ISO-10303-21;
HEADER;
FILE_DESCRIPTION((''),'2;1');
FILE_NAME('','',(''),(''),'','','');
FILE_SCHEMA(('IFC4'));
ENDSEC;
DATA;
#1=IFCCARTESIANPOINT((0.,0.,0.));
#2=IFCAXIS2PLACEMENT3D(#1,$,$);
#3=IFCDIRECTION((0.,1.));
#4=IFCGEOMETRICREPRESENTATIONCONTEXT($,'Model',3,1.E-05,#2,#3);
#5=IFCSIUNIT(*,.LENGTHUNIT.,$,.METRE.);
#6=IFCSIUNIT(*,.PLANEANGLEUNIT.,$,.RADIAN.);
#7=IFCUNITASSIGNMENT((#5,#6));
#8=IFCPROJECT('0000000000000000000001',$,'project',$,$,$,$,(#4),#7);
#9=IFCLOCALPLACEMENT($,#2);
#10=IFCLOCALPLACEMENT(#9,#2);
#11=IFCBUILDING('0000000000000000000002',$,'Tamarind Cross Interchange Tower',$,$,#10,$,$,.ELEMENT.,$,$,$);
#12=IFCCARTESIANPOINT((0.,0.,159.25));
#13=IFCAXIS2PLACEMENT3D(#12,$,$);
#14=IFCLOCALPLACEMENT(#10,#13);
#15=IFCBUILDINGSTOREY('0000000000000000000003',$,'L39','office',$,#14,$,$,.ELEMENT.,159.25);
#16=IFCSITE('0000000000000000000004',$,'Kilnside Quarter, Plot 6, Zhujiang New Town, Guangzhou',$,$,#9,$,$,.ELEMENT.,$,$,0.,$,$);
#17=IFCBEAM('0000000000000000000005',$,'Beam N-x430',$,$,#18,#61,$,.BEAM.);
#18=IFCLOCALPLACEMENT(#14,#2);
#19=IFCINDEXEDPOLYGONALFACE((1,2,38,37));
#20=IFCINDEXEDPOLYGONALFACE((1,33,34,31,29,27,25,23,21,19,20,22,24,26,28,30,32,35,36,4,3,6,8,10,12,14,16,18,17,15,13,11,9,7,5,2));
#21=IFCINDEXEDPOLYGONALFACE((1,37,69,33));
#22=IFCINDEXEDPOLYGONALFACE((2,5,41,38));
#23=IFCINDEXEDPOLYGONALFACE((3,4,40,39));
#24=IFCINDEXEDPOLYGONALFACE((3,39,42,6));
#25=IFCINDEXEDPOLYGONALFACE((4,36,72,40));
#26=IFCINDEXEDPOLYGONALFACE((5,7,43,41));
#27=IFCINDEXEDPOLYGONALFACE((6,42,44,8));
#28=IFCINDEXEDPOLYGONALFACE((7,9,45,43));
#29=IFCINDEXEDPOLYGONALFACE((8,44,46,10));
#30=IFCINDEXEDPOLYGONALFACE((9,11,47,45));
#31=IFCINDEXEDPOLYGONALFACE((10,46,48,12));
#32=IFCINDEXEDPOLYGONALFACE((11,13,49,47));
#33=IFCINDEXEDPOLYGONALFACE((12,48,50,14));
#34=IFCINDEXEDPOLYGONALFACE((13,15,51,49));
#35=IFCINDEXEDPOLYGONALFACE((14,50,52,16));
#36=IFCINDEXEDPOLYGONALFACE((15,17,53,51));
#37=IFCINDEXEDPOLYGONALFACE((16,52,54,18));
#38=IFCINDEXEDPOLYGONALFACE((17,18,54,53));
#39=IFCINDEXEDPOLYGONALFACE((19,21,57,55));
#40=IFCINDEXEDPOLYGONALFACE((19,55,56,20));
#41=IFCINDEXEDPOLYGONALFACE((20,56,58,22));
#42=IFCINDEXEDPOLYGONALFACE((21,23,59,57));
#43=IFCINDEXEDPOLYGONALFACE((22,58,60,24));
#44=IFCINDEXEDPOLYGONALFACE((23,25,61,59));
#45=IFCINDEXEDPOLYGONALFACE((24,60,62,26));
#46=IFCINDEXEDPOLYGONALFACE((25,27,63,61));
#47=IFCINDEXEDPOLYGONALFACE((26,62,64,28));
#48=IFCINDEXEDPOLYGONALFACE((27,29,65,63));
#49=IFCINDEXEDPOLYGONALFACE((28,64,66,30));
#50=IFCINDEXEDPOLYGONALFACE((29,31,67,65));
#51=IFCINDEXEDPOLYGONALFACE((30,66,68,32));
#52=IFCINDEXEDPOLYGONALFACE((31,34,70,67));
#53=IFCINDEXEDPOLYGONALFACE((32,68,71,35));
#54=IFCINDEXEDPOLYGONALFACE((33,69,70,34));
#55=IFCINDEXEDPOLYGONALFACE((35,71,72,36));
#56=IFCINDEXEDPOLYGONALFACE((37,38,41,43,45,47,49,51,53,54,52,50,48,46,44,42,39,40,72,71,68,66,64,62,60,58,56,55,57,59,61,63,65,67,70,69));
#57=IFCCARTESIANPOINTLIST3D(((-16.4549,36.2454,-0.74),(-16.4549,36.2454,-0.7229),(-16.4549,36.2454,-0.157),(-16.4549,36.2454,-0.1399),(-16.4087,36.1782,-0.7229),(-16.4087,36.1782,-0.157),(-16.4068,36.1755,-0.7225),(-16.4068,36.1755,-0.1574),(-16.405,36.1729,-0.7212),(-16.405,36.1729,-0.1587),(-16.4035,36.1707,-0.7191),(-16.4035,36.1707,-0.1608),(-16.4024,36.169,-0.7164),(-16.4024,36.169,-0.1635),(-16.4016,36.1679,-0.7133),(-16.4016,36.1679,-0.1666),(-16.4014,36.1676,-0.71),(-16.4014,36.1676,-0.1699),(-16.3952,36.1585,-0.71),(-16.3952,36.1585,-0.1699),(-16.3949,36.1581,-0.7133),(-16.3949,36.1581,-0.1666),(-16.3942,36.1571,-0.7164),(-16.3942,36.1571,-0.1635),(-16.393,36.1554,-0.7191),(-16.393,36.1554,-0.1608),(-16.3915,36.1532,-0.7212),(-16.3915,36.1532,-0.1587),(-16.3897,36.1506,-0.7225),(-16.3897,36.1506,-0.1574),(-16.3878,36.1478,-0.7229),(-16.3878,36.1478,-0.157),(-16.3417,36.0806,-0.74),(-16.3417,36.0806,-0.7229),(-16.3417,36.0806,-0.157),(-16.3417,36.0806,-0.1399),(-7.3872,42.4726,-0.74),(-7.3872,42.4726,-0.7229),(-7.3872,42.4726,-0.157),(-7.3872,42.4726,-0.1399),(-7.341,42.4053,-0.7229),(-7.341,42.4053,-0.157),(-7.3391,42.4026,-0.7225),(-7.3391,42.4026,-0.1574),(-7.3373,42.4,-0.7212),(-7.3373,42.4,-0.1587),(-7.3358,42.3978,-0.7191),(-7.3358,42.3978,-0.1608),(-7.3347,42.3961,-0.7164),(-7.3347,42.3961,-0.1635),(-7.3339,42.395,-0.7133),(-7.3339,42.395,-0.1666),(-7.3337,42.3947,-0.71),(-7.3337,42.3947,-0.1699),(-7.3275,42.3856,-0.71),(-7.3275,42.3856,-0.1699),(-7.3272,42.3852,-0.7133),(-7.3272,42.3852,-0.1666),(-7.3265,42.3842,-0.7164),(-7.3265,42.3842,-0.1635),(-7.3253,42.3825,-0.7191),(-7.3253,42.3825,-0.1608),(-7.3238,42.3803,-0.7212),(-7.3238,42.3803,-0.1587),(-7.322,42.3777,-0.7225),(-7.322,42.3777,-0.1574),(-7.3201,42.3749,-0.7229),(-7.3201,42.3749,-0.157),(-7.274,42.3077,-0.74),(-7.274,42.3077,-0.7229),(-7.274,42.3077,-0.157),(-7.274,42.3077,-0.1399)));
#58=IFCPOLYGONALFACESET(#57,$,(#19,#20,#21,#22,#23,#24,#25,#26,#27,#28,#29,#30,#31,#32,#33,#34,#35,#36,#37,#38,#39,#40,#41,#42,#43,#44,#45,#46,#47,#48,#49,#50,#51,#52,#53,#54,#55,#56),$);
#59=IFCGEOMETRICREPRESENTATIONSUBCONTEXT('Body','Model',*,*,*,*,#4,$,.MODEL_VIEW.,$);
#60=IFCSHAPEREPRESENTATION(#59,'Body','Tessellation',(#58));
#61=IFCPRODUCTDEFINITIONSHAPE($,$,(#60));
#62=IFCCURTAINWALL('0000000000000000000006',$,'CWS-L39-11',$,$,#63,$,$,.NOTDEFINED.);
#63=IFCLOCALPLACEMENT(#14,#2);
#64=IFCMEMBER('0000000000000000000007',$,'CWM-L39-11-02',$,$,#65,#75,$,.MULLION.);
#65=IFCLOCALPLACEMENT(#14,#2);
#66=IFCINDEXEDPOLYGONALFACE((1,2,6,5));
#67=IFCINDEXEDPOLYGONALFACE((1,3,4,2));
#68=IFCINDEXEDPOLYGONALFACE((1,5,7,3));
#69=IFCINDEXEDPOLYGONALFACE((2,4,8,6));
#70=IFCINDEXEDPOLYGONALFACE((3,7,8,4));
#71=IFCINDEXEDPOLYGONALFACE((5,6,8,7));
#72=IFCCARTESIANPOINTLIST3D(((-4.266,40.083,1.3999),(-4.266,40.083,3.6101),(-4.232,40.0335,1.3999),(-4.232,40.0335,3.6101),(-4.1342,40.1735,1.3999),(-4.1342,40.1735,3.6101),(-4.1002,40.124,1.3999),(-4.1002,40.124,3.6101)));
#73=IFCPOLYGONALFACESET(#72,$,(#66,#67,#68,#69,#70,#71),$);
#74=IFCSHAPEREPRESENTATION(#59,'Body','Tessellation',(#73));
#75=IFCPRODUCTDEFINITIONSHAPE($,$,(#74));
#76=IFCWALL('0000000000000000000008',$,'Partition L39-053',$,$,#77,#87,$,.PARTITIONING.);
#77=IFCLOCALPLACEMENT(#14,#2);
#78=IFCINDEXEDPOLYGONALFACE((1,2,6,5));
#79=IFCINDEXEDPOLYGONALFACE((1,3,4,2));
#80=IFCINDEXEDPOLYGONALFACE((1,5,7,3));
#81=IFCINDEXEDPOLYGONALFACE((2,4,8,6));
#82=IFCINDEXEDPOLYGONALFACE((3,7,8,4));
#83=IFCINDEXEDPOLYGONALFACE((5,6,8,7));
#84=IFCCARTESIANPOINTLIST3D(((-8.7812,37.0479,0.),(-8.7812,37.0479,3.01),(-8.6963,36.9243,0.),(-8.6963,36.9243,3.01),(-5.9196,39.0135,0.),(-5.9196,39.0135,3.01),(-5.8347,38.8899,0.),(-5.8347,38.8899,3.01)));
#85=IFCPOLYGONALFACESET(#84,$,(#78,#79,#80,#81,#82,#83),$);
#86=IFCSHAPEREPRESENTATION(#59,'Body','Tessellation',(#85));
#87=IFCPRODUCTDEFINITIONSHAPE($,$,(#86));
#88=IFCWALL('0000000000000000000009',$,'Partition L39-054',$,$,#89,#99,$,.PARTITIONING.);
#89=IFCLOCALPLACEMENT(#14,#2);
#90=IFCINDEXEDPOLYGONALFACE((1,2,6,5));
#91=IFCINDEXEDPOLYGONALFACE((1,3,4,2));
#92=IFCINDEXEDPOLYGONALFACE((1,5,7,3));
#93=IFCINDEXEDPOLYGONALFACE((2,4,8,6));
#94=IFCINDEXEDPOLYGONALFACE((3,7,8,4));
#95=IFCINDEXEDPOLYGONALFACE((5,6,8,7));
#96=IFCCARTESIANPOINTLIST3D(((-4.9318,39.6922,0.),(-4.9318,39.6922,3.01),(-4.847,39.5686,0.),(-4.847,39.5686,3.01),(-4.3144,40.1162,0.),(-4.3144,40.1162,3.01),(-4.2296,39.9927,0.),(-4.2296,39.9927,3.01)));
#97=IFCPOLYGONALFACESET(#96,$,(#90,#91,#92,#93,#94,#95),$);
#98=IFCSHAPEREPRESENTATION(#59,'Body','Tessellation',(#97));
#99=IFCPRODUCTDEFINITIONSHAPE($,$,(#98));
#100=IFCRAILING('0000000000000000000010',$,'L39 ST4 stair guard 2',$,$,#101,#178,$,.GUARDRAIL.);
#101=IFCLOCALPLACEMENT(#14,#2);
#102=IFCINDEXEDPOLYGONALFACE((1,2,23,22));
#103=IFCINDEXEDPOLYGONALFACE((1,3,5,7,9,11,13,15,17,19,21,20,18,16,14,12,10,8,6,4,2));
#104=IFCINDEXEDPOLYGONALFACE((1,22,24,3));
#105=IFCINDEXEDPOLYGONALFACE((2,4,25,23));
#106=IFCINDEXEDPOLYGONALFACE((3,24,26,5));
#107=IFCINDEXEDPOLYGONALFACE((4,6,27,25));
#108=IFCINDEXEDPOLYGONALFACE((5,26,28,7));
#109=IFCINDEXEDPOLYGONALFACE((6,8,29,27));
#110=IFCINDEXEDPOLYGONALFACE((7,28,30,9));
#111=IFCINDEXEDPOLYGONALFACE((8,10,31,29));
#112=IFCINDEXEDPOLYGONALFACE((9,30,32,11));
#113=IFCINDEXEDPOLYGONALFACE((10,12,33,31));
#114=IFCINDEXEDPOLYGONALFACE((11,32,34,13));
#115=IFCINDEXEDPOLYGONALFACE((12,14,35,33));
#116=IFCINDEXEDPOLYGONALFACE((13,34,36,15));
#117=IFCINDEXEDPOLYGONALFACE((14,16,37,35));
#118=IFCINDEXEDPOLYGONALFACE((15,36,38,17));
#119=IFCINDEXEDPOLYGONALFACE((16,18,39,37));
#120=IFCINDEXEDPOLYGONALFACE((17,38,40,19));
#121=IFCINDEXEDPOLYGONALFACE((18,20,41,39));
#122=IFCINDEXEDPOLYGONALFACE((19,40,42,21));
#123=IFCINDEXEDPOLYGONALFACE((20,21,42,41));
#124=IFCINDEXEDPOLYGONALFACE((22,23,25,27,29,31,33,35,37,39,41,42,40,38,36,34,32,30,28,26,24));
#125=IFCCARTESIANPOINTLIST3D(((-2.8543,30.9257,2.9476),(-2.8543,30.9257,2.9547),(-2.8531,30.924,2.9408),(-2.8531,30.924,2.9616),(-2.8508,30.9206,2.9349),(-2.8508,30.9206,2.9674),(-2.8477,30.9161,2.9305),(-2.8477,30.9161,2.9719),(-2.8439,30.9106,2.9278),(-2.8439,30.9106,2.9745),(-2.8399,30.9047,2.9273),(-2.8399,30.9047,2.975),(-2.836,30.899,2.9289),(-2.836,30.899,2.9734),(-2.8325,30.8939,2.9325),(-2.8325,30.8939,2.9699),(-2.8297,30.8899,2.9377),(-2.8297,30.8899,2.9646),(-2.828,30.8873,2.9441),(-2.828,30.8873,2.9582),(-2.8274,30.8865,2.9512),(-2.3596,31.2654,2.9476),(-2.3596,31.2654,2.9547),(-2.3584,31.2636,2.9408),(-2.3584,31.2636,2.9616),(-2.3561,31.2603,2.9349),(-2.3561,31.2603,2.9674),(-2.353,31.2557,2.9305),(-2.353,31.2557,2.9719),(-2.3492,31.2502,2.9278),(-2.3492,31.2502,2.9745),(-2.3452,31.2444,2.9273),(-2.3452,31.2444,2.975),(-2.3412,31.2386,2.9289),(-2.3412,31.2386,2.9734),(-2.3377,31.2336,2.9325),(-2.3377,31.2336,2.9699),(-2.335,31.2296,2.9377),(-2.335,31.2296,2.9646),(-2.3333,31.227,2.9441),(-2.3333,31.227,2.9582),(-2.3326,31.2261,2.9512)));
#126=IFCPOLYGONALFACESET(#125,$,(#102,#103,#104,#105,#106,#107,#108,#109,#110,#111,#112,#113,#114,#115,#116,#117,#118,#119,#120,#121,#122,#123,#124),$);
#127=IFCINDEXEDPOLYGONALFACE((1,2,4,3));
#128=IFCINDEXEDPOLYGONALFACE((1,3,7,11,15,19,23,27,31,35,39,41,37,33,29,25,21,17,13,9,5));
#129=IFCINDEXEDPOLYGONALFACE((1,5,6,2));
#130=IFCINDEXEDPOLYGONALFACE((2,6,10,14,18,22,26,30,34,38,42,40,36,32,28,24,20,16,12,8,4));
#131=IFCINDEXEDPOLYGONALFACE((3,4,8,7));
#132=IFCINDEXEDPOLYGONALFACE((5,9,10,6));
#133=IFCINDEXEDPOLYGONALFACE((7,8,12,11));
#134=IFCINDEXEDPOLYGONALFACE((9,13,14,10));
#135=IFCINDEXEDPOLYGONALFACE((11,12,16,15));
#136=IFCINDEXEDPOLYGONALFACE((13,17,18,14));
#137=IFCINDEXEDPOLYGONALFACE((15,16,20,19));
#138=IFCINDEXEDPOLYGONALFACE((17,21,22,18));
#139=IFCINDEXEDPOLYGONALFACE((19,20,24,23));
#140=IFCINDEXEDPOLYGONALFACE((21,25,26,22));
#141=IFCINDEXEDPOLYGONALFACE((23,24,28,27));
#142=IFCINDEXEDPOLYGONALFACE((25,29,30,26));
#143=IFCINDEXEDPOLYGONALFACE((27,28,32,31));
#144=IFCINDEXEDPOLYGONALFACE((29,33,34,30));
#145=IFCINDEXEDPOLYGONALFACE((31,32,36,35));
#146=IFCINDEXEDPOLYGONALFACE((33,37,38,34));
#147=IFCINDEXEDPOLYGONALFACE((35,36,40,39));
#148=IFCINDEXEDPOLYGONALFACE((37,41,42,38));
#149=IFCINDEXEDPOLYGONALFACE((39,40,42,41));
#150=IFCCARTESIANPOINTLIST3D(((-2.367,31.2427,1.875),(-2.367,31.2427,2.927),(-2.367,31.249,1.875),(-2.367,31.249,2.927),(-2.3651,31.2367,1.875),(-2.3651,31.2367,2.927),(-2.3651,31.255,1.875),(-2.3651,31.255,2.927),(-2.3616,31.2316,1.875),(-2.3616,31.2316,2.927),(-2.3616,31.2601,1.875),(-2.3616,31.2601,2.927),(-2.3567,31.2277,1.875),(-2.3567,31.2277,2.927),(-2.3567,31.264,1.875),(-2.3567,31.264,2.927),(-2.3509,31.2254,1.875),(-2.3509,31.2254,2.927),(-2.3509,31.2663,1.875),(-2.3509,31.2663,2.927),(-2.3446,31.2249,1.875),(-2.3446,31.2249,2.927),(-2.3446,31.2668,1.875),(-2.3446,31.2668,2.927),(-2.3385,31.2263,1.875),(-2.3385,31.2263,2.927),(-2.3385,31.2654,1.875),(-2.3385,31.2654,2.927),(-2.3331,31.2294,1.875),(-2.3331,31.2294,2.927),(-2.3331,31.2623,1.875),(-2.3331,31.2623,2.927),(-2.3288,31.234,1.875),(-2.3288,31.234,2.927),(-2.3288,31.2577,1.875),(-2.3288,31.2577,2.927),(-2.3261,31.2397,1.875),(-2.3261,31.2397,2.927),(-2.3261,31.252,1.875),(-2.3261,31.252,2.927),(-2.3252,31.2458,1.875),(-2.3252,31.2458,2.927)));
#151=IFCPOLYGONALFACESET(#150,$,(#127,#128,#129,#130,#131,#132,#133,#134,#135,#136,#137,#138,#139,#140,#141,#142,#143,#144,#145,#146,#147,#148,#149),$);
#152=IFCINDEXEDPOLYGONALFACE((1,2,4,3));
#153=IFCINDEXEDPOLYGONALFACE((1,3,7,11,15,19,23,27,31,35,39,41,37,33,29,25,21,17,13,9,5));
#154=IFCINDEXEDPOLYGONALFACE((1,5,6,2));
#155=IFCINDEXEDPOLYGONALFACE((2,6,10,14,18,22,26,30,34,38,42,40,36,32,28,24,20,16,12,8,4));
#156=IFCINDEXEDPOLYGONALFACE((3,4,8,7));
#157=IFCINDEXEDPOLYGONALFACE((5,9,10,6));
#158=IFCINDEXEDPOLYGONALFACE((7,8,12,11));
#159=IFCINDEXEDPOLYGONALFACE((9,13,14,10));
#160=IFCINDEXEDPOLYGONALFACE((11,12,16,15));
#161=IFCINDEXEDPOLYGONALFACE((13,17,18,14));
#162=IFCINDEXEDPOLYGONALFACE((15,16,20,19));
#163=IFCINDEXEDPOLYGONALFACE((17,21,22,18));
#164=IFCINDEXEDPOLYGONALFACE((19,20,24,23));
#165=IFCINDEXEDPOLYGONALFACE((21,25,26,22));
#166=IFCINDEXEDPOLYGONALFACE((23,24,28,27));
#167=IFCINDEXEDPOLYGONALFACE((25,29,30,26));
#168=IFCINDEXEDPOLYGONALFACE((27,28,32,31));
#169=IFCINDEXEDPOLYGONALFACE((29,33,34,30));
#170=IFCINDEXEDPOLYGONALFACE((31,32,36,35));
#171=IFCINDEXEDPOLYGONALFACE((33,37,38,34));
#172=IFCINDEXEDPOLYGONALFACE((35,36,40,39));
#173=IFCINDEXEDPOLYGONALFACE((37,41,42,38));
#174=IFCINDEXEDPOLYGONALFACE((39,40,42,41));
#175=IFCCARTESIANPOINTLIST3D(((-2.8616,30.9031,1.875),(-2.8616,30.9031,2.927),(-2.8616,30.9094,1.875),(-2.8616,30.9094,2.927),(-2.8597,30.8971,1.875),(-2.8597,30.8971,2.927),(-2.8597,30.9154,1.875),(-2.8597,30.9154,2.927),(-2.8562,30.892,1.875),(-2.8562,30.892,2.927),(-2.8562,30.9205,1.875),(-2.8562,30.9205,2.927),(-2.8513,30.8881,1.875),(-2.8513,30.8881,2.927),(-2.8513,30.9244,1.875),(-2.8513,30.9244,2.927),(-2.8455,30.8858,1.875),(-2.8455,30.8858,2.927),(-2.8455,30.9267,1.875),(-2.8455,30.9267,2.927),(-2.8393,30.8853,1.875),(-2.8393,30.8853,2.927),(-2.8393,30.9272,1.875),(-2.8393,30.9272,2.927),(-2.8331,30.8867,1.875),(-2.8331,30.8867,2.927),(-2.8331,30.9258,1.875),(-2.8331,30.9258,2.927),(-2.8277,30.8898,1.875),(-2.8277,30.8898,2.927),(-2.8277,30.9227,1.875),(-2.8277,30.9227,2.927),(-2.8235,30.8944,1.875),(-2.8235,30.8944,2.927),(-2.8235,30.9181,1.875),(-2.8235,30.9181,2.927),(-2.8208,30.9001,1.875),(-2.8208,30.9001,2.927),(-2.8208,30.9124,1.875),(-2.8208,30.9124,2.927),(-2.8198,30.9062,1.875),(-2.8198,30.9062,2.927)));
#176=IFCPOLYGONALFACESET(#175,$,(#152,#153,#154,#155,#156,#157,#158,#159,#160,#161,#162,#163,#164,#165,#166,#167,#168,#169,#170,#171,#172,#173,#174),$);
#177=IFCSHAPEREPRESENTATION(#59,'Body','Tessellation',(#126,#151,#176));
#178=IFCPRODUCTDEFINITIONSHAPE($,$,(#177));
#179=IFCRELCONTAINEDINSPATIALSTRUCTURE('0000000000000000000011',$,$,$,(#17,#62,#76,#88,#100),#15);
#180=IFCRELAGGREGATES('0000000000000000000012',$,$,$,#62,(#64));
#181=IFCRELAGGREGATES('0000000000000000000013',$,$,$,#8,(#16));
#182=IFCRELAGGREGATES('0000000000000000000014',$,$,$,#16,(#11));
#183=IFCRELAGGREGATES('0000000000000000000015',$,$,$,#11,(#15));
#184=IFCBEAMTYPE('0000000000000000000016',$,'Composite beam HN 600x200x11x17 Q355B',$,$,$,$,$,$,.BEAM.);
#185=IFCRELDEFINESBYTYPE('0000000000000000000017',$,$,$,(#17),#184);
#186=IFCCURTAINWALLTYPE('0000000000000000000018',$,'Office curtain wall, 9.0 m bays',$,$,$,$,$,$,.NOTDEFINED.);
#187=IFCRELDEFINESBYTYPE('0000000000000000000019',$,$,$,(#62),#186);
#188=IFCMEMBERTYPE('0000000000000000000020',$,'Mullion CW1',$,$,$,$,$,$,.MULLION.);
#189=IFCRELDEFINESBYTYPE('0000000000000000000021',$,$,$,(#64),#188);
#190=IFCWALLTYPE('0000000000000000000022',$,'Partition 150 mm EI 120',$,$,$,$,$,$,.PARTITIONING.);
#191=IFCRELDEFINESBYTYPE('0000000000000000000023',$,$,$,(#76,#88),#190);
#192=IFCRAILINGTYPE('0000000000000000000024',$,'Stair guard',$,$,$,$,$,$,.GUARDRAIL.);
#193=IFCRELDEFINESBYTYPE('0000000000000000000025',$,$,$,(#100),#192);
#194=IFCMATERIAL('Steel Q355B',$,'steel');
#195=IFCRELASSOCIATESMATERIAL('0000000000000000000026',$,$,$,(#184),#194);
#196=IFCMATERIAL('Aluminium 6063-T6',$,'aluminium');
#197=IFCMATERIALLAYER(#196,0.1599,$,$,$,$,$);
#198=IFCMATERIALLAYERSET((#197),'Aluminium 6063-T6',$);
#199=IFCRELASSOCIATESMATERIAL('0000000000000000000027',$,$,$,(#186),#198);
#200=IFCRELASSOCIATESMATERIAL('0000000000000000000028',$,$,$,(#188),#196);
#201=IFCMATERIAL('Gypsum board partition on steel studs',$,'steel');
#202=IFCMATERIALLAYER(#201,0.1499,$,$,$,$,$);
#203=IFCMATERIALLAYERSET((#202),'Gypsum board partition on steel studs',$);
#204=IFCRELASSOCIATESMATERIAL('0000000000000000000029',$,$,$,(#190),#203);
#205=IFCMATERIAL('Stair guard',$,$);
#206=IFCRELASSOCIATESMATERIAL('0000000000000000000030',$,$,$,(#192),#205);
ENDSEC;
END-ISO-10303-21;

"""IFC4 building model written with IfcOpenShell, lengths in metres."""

from ifc_helpers import new_model, si_unit, direction, frame, frame_2d, origin, origin_2d, place, context, subcontext, project, spatial, rectangle, circle, i_section, extrude, material, layer, layer_set, material_profile, profile_set, type_object, element, aggregate, save


model = new_model("IFC4")

# Units and contexts
model_context = context("Model", 3, precision=1e-05, world=origin(), true_north=direction((0.0, 1.0)))
body_context = subcontext(model_context, "Body", "Model", "MODEL_VIEW")
ifc_project = project(units=[si_unit("LENGTHUNIT", "METRE"), si_unit("PLANEANGLEUNIT", "RADIAN")], contexts=[model_context])

# Site, building, storey
site_placement = place(None, origin())
site = spatial("IfcSite", under=ifc_project, at=site_placement, Name="Kilnside Quarter, Plot 6, Zhujiang New Town, Guangzhou", CompositionType="ELEMENT", RefElevation=0.0)
building_placement = place(site_placement, origin())
building = spatial("IfcBuilding", under=site, at=building_placement, Name="Tamarind Cross Interchange Tower", CompositionType="ELEMENT")
storey_placement = place(building_placement, frame((0.0, 0.0, 159.25)))
storey = spatial("IfcBuildingStorey", under=building, at=storey_placement, Name="L39", Description="office", CompositionType="ELEMENT", Elevation=159.25)

# Beam
ifc_material_1 = material(Name="Steel Q355B", Category="steel")
ifc_material_profile_1 = material_profile(ifc_material_1, i_section(OverallWidth=0.2, OverallDepth=0.6001, WebThickness=0.011, FlangeThickness=0.0171, FilletRadius=0.0129, at=origin_2d()), Name="HN 600x200x11x17")
ifc_profile_set_1 = profile_set([ifc_material_profile_1], Name="Steel Q355B")
beam_type_1 = type_object("IfcBeamType", Name="Composite beam HN 600x200x11x17 Q355B", PredefinedType="BEAM", material=ifc_profile_set_1)
for number, where, z_axis, x_axis, name in (
    (1, (-7.3306, 42.3901, -0.4399), (-0.824336, -0.5661, 0.0), (0.5661, -0.824336, 0.0), "Beam N-x430"),
):
    element("IfcBeam", number, at=place(storey_placement, frame(where, z_axis=z_axis, x_axis=x_axis)), inside=storey, type_object=beam_type_1, Name=name, PredefinedType="BEAM", context=body_context, shape_type="SweptSolid", body=[
        extrude(i_section(OverallWidth=0.2, OverallDepth=0.6001, WebThickness=0.011, FlangeThickness=0.0171, FilletRadius=0.0129, at=origin_2d()), origin(), (0.0, 0.0, 1.0), 11.0),
    ])

# Curtain wall, member
ifc_material_2 = material(Name="Aluminium 6063-T6", Category="aluminium")
ifc_layer_1 = layer(ifc_material_2, 0.1599)
ifc_layer_set_1 = layer_set([ifc_layer_1], Name="Aluminium 6063-T6")
curtain_wall_type = type_object("IfcCurtainWallType", Name="Office curtain wall, 9.0 m bays", PredefinedType="NOTDEFINED", material=ifc_layer_set_1)
curtain_wall_placement = place(storey_placement, origin())
curtain_wall = element("IfcCurtainWall", 2, at=curtain_wall_placement, inside=storey, type_object=curtain_wall_type, Name="CWS-L39-11", PredefinedType="NOTDEFINED")
ifc_material_profile_2 = material_profile(ifc_material_2, rectangle(XDim=0.0601, YDim=0.1599, at=origin_2d()), Name="Mullion CW1")
ifc_profile_set_2 = profile_set([ifc_material_profile_2], Name="Aluminium 6063-T6")
member_type = type_object("IfcMemberType", Name="Mullion CW1", PredefinedType="MULLION", material=ifc_profile_set_2)
member_placement = place(storey_placement, frame((-4.1831, 40.1035, 1.3999), z_axis=(0.0, 0.0, 1.0), x_axis=(-0.566096, 0.82434, 0.0)))
member = element("IfcMember", 3, at=member_placement, type_object=member_type, Name="CWM-L39-11-02", PredefinedType="MULLION", context=body_context, shape_type="SweptSolid", body=[
    extrude(rectangle(XDim=0.0601, YDim=0.1599, at=origin_2d()), origin(), (0.0, 0.0, 1.0), 2.2102),
])
aggregate(curtain_wall, [member])

# Walls
ifc_material_3 = material(Name="Gypsum board partition on steel studs", Category="steel")
ifc_layer_2 = layer(ifc_material_3, 0.1499)
ifc_layer_set_2 = layer_set([ifc_layer_2], Name="Gypsum board partition on steel studs")
wall_type = type_object("IfcWallType", Name="Partition 150 mm EI 120", PredefinedType="PARTITIONING", material=ifc_layer_set_2)
wall_1_placement = place(storey_placement, frame((-8.7388, 36.9861, 0.0), z_axis=(0.0, 0.0, 1.0), x_axis=(0.824278, 0.566186, 0.0)))
element("IfcWall", 4, at=wall_1_placement, inside=storey, type_object=wall_type, Name="Partition L39-053", PredefinedType="PARTITIONING", context=body_context, shape_type="SweptSolid", body=[
    extrude(rectangle(XDim=3.4717, YDim=0.1499, at=frame_2d((1.7358, 0.0))), origin(), (0.0, 0.0, 1.0), 3.01),
])
wall_2_placement = place(storey_placement, frame((-4.8894, 39.6304, 0.0), z_axis=(0.0, 0.0, 1.0), x_axis=(0.824299, 0.566155, 0.0)))
element("IfcWall", 5, at=wall_2_placement, inside=storey, type_object=wall_type, Name="Partition L39-054", PredefinedType="PARTITIONING", context=body_context, shape_type="SweptSolid", body=[
    extrude(rectangle(XDim=0.749, YDim=0.1499, at=frame_2d((0.3745, 0.0))), origin(), (0.0, 0.0, 1.0), 3.01),
])

# Railing
ifc_material_4 = material(Name="Stair guard")
railing_type = type_object("IfcRailingType", Name="Stair guard", PredefinedType="GUARDRAIL", material=ifc_material_4)
railing_1_placement = place(storey_placement, frame((-2.3462, 31.2458, 1.875)))
element("IfcRailing", 6, at=railing_1_placement, inside=storey, type_object=railing_type, Name="L39 ST4 stair guard 2", PredefinedType="GUARDRAIL", context=body_context, shape_type="SweptSolid", body=[
    extrude(circle(Radius=0.0239, at=origin_2d()), frame((0.0, 0.0, 1.0762), z_axis=(-0.824398, -0.566011, 0.0), x_axis=(0.566011, -0.824398, 0.0)), (0.0, 0.0, 1.0), 0.6001),
    extrude(circle(Radius=0.021, at=origin_2d()), origin(), (0.0, 0.0, 1.0), 1.052),
    extrude(circle(Radius=0.021, at=origin_2d()), frame((-0.4946, -0.3396, 0.0)), (0.0, 0.0, 1.0), 1.052),
])

save(model, "model.ifc")
